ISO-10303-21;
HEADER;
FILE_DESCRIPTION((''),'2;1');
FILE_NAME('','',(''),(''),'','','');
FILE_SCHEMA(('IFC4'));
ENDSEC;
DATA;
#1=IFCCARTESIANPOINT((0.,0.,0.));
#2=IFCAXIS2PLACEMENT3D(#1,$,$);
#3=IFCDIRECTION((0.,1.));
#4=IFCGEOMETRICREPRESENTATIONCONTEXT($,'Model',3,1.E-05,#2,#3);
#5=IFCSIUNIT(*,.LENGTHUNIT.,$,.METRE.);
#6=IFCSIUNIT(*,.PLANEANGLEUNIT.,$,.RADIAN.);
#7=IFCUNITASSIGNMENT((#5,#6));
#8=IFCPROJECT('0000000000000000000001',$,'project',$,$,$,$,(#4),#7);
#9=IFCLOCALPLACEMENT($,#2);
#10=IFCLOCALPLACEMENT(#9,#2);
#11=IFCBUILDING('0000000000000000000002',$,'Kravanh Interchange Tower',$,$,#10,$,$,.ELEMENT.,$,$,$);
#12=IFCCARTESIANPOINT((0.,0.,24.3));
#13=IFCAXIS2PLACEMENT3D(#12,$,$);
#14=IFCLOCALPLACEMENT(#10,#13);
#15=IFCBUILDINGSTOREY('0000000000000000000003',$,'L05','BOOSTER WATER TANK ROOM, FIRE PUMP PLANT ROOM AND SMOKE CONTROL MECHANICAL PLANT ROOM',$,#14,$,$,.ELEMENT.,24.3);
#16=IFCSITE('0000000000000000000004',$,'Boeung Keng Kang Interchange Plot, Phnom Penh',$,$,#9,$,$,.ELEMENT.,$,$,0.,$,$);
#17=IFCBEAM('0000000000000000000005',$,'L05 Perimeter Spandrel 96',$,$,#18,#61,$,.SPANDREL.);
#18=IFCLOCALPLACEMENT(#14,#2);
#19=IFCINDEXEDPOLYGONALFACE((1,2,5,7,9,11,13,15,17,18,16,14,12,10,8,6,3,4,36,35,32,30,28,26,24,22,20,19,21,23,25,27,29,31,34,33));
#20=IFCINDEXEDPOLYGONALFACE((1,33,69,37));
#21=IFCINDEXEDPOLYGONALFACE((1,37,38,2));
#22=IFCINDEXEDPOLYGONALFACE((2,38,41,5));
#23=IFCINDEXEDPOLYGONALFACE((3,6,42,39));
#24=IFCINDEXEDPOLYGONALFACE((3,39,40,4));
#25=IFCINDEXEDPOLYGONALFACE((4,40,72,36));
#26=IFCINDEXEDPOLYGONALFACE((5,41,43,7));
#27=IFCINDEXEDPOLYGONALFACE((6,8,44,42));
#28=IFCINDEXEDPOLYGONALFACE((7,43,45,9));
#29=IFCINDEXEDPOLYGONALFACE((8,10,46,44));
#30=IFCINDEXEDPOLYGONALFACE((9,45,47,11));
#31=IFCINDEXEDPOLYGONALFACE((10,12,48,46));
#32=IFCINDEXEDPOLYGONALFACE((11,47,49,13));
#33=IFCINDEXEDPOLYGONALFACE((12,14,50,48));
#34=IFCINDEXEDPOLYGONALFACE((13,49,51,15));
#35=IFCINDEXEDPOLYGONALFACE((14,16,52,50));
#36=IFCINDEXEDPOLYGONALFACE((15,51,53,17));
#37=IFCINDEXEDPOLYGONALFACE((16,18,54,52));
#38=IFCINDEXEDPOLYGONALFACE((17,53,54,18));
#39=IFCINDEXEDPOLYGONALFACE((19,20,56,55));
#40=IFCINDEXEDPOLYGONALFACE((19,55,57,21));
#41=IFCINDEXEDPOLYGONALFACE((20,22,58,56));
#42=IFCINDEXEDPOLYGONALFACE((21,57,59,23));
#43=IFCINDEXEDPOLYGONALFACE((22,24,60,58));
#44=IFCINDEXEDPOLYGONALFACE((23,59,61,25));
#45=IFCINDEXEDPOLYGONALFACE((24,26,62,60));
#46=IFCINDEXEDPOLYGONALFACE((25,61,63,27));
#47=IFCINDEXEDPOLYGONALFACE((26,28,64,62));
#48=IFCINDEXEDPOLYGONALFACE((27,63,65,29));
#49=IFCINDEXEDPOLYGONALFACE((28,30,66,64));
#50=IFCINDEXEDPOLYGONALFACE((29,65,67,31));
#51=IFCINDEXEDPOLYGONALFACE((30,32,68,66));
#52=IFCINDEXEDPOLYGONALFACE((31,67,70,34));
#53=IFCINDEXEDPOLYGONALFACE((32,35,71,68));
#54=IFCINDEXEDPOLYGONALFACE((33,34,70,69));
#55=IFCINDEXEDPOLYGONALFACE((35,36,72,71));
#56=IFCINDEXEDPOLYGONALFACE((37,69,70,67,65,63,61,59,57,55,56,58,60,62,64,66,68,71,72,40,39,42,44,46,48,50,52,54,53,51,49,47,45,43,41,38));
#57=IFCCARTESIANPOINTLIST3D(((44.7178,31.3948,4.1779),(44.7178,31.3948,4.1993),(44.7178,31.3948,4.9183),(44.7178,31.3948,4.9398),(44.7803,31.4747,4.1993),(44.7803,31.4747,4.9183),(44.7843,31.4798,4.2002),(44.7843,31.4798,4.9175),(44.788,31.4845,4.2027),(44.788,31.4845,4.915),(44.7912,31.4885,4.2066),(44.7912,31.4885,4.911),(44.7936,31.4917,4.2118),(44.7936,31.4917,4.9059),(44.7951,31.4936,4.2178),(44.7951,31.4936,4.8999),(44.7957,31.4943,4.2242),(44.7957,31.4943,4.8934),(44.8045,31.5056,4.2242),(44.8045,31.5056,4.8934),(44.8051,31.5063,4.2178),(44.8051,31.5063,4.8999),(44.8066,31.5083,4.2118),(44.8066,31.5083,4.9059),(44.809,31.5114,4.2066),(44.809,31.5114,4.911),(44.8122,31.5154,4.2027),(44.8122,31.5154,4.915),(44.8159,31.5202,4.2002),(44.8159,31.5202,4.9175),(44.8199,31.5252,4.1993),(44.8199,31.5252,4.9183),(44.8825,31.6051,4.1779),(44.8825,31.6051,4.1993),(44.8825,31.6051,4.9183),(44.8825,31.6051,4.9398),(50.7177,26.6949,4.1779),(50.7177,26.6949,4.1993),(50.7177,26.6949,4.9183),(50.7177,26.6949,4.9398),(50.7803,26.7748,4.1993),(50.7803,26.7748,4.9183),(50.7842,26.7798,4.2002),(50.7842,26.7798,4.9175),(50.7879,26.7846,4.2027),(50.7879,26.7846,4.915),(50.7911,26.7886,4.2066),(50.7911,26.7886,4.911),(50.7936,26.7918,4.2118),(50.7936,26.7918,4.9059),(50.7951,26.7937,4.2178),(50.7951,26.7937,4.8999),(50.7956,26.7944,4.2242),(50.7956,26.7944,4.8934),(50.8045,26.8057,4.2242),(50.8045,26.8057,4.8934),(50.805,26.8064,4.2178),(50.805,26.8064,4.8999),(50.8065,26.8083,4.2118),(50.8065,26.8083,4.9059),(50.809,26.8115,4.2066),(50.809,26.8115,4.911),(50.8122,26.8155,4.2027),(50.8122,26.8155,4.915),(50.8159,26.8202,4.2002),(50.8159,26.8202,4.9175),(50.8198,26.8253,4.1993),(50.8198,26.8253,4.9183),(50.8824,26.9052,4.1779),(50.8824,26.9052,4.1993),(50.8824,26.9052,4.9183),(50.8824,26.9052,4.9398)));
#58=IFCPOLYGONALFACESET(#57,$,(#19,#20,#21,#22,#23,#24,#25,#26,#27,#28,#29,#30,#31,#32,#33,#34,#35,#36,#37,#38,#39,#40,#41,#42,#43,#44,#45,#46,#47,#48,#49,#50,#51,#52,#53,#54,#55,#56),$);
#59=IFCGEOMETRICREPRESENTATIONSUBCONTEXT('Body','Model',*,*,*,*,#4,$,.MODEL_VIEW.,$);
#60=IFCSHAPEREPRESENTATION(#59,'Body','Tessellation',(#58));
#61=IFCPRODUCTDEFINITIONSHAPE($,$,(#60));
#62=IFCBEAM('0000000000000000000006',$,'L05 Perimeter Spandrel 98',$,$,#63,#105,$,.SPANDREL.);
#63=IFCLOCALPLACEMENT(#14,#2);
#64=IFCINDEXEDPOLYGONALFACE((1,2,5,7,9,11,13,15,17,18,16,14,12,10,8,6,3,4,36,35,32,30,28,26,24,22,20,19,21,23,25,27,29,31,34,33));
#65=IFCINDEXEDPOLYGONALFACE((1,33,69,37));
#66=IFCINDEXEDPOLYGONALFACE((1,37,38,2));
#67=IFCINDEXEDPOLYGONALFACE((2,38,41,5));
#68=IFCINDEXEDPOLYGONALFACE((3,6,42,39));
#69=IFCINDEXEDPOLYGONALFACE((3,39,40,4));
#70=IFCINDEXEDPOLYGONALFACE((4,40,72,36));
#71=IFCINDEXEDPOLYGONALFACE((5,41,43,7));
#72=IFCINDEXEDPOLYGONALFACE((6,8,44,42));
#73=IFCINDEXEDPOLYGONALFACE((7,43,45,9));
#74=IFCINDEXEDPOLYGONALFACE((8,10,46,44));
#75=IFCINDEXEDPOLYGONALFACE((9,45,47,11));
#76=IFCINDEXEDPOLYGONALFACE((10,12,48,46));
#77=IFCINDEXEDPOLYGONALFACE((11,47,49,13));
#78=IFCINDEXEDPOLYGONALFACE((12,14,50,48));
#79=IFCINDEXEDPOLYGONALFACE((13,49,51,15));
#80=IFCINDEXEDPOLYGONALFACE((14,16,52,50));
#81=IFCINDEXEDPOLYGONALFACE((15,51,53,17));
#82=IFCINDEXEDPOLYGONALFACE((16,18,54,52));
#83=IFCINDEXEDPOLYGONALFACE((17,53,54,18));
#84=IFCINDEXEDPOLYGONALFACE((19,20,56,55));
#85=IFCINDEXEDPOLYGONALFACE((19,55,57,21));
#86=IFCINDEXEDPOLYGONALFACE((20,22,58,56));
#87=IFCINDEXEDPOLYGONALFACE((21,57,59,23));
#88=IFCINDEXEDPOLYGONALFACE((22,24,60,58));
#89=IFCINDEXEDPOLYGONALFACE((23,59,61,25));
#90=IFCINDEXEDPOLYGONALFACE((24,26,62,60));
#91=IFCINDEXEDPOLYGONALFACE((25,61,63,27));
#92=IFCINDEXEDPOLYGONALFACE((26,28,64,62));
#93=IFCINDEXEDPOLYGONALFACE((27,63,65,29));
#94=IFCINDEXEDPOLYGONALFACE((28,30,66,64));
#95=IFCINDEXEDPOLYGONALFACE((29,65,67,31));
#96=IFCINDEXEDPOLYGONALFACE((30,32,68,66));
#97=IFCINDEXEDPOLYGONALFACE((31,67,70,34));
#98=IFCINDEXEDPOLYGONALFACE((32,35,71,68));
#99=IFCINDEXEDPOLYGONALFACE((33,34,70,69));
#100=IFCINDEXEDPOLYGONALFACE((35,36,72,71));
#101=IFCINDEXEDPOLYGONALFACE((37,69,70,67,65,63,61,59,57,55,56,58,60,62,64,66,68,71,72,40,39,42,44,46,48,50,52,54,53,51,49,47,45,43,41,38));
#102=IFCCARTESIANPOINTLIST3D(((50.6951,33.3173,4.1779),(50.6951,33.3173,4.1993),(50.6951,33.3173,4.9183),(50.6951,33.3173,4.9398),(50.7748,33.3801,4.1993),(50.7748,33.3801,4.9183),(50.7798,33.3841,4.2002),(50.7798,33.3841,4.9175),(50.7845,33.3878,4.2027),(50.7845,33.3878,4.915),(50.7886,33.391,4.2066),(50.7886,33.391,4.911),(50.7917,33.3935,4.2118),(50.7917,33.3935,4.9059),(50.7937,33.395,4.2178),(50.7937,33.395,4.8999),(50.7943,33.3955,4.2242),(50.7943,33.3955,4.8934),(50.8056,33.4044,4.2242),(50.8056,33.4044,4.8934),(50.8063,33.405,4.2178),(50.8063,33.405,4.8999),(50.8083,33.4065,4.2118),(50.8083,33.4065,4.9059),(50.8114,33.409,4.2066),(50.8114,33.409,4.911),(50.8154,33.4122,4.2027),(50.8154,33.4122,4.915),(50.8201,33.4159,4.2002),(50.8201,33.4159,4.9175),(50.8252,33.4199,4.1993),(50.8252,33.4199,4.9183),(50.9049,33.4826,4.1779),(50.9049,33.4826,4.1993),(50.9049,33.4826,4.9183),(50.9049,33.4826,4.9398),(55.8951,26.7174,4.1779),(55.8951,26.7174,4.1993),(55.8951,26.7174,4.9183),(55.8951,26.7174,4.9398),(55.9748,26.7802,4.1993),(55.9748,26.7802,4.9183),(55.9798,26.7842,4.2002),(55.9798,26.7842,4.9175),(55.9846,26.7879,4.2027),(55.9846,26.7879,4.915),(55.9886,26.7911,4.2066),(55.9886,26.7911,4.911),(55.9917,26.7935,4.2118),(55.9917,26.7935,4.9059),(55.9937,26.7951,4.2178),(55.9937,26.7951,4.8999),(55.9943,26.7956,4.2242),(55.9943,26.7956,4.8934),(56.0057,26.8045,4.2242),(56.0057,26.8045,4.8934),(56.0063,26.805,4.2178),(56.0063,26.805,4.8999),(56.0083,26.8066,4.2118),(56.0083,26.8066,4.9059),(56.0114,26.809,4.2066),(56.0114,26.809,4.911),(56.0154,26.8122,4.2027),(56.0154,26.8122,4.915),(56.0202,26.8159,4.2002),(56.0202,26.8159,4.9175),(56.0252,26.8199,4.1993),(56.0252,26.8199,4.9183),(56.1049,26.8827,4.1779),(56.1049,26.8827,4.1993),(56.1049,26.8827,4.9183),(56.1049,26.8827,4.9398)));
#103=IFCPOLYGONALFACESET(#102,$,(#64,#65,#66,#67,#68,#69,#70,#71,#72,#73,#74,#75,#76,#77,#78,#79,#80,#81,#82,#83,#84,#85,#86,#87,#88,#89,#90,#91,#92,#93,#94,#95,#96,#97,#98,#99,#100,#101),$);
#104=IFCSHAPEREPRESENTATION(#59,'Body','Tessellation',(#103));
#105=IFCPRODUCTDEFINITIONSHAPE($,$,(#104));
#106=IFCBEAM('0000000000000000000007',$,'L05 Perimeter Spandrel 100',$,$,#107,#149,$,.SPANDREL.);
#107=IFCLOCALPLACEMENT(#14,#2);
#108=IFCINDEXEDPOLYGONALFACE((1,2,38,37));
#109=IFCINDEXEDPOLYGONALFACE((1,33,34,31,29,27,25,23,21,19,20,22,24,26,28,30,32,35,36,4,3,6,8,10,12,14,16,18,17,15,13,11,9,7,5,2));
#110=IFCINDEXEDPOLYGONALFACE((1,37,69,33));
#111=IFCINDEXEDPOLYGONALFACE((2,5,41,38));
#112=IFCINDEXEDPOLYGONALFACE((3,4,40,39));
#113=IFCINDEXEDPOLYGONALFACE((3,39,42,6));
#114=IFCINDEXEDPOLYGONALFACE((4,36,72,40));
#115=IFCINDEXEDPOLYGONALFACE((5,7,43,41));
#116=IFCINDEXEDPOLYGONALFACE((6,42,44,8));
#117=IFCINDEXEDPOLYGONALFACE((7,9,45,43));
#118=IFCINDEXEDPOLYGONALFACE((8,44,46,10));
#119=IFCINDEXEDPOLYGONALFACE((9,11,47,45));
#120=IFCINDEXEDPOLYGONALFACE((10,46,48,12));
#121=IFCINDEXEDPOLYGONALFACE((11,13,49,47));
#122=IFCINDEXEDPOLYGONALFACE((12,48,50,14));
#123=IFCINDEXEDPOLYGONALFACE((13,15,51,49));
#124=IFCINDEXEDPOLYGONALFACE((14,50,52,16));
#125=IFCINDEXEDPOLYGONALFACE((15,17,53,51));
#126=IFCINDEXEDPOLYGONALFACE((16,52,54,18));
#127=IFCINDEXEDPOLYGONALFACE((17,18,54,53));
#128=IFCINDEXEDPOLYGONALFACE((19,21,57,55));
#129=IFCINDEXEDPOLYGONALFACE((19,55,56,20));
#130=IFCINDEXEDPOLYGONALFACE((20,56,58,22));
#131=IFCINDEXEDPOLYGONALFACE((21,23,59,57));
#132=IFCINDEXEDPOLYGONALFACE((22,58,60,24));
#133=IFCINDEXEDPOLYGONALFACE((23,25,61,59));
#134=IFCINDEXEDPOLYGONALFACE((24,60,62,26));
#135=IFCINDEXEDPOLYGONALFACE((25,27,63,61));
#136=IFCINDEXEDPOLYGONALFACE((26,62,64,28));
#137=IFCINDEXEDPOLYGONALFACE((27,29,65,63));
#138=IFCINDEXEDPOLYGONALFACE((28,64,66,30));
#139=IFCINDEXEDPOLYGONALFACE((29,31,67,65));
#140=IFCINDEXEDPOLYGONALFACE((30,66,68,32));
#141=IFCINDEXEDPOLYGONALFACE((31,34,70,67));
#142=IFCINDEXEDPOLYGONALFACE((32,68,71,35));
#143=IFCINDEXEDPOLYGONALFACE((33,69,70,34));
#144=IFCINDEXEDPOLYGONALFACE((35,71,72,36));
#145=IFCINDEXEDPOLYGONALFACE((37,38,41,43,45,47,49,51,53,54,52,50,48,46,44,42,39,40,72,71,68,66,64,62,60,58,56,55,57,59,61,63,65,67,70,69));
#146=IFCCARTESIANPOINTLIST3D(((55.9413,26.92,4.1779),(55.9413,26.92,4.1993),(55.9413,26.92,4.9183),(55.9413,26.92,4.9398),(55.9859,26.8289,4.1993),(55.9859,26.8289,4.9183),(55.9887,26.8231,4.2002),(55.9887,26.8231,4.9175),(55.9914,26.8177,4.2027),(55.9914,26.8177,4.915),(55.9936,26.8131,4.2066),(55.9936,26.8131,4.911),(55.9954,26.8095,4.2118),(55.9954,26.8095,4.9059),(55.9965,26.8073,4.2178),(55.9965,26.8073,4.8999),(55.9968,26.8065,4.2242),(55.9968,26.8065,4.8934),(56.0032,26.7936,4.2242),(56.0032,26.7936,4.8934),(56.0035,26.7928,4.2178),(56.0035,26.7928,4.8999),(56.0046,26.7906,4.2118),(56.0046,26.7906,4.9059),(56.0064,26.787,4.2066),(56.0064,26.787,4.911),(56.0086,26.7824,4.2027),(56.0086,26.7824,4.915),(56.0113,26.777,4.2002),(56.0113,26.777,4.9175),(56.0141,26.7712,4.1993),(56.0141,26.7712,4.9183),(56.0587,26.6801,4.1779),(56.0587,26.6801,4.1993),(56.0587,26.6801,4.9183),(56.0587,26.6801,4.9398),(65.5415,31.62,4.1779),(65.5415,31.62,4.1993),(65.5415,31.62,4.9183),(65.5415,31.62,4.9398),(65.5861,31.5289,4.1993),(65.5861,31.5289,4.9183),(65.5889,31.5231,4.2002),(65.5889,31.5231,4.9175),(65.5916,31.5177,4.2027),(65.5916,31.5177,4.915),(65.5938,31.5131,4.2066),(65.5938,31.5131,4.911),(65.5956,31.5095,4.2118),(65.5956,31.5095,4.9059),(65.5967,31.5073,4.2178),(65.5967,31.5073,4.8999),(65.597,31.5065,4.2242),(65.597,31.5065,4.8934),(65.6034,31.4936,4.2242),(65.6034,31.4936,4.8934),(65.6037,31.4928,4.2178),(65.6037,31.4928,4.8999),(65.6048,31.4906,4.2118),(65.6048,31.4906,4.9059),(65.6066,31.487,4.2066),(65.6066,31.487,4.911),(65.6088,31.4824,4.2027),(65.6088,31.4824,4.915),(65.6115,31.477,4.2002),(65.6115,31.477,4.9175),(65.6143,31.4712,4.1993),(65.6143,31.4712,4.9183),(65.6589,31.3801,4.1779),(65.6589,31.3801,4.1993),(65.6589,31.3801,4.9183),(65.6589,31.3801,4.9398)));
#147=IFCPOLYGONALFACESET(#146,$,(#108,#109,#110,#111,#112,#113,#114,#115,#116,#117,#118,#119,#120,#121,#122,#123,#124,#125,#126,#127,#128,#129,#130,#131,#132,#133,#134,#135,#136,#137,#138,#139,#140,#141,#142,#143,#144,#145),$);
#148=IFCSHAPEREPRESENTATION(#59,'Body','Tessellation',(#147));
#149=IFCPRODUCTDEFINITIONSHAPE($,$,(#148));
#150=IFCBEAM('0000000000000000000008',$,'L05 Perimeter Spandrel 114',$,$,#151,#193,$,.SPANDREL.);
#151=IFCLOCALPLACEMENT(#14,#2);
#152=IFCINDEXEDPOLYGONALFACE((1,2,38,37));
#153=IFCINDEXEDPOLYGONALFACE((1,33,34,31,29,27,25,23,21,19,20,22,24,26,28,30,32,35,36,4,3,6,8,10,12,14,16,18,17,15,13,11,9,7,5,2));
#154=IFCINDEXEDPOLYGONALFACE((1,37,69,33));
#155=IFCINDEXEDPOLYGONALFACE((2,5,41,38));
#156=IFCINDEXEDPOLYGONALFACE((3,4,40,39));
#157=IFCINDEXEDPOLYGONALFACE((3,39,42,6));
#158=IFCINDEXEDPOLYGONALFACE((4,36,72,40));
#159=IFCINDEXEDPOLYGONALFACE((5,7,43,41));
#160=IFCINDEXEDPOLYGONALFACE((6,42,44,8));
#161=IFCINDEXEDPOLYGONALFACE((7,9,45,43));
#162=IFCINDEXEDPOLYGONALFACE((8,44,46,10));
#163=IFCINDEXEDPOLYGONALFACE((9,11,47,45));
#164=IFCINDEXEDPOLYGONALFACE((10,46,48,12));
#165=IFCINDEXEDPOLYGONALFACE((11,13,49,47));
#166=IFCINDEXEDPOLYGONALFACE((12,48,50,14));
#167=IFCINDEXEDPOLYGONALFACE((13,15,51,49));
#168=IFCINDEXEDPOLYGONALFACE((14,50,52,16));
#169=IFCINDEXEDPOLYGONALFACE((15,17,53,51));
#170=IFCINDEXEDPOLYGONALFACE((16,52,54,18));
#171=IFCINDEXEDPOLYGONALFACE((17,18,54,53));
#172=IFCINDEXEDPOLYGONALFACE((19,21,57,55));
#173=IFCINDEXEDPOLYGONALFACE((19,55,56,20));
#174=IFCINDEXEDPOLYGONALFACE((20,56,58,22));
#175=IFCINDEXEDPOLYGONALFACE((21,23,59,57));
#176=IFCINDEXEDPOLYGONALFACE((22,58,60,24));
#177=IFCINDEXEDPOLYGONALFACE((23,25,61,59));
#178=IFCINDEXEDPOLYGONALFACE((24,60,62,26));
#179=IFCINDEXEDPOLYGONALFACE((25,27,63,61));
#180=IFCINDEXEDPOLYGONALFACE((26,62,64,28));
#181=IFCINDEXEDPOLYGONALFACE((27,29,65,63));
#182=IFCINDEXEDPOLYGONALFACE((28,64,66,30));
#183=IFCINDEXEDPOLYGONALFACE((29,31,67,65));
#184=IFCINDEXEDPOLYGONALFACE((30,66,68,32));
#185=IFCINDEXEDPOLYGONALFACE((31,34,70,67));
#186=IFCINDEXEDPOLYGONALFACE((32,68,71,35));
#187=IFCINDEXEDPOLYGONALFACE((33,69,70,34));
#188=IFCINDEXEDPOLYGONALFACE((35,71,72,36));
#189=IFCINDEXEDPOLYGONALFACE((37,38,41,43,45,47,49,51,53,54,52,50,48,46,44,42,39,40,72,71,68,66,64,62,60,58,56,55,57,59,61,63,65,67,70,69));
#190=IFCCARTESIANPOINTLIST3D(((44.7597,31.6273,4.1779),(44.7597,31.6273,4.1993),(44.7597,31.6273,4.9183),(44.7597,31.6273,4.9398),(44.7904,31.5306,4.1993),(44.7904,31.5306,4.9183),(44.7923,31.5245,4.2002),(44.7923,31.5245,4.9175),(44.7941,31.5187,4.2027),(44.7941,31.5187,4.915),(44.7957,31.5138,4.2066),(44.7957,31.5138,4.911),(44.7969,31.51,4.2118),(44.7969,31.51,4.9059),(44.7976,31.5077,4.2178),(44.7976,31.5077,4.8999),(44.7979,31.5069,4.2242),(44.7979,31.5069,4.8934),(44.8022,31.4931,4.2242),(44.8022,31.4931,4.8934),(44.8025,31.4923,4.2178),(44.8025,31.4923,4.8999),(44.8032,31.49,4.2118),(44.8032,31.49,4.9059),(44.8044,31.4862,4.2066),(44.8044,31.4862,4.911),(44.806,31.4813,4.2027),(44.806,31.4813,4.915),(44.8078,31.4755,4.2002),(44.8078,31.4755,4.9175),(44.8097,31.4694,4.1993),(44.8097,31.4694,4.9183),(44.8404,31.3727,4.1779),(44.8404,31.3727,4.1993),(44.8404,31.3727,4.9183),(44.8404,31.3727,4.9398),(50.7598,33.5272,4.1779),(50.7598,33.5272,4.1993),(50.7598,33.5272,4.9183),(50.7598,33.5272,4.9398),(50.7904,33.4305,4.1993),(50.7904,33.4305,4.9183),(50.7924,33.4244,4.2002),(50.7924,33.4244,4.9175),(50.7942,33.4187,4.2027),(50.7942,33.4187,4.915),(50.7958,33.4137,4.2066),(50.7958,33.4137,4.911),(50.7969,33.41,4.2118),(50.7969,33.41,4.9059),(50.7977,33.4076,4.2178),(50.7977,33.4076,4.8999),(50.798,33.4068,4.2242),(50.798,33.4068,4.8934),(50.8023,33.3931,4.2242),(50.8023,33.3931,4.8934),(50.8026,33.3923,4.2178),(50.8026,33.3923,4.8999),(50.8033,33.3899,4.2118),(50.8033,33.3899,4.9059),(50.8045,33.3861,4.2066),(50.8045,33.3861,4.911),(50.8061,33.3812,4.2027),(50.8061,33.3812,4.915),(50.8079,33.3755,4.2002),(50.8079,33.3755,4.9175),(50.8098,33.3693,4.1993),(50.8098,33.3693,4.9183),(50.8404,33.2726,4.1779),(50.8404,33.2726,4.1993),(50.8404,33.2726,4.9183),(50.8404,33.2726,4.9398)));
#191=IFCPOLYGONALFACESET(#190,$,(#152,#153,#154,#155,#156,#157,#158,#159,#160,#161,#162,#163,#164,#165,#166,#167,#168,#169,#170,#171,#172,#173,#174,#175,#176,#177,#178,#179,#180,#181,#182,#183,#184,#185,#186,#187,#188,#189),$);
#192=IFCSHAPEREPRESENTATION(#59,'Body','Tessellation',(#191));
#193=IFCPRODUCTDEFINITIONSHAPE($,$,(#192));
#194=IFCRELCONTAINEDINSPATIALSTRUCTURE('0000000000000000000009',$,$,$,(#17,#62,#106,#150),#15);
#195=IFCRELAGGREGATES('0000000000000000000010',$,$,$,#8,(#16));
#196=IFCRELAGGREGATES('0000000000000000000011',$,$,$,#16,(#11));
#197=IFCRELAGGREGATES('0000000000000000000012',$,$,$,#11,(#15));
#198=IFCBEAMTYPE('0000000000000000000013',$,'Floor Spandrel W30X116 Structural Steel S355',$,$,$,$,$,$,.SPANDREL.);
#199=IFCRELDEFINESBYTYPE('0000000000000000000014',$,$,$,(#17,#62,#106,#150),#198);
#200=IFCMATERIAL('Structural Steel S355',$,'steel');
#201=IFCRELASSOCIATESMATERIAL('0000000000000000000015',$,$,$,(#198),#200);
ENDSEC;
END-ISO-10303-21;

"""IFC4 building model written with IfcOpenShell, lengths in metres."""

from ifc_helpers import new_model, si_unit, direction, frame, origin, origin_2d, place, context, subcontext, project, spatial, i_section, extrude, material, material_profile, profile_set, type_object, element, save


model = new_model("IFC4")

# Units and contexts
model_context = context("Model", 3, precision=1e-05, world=origin(), true_north=direction((0.0, 1.0)))
body_context = subcontext(model_context, "Body", "Model", "MODEL_VIEW")
ifc_project = project(units=[si_unit("LENGTHUNIT", "METRE"), si_unit("PLANEANGLEUNIT", "RADIAN")], contexts=[model_context])

# Site, building, storey
site_placement = place(None, origin())
site = spatial("IfcSite", under=ifc_project, at=site_placement, Name="Boeung Keng Kang Interchange Plot, Phnom Penh", CompositionType="ELEMENT", RefElevation=0.0)
building_placement = place(site_placement, origin())
building = spatial("IfcBuilding", under=site, at=building_placement, Name="Kravanh Interchange Tower", CompositionType="ELEMENT")
storey_placement = place(building_placement, frame((0.0, 0.0, 24.3)))
storey = spatial("IfcBuildingStorey", under=building, at=storey_placement, Name="L05", Description="BOOSTER WATER TANK ROOM, FIRE PUMP PLANT ROOM AND SMOKE CONTROL MECHANICAL PLANT ROOM", CompositionType="ELEMENT", Elevation=24.3)

# Beams
ifc_material_1 = material(Name="Structural Steel S355", Category="steel")
ifc_material_profile_1 = material_profile(ifc_material_1, i_section(OverallWidth=0.2671, OverallDepth=0.762, WebThickness=0.0144, FlangeThickness=0.0215, FilletRadius=0.0249, at=origin_2d()), Name="W30X116")
ifc_profile_set_1 = profile_set([ifc_material_profile_1], Name="Structural Steel S355")
beam_type_1 = type_object("IfcBeamType", Name="Floor Spandrel W30X116 Structural Steel S355", PredefinedType="SPANDREL", material=ifc_profile_set_1)
beam_1_placement = place(storey_placement, frame((50.8, 26.8, 4.5588), z_axis=(-0.787231, 0.616658, 0.0), x_axis=(-0.616658, -0.787231, 0.0)))
element("IfcBeam", 1, at=beam_1_placement, inside=storey, type_object=beam_type_1, Name="L05 Perimeter Spandrel 96", PredefinedType="SPANDREL", context=body_context, shape_type="SweptSolid", body=[
    extrude(i_section(OverallWidth=0.2671, OverallDepth=0.762, WebThickness=0.0144, FlangeThickness=0.0215, FilletRadius=0.0249, at=origin_2d()), origin(), (0.0, 0.0, 1.0), 7.6216),
])
beam_2_placement = place(storey_placement, frame((56.0, 26.8, 4.5588), z_axis=(-0.618877, 0.785488, 0.0), x_axis=(-0.785488, -0.618877, 0.0)))
element("IfcBeam", 2, at=beam_2_placement, inside=storey, type_object=beam_type_1, Name="L05 Perimeter Spandrel 98", PredefinedType="SPANDREL", context=body_context, shape_type="SweptSolid", body=[
    extrude(i_section(OverallWidth=0.2671, OverallDepth=0.762, WebThickness=0.0144, FlangeThickness=0.0215, FilletRadius=0.0249, at=origin_2d()), origin(), (0.0, 0.0, 1.0), 8.4023),
])
beam_3_placement = place(storey_placement, frame((56.0, 26.8, 4.5588), z_axis=(0.898142, 0.439706, 0.0), x_axis=(-0.439706, 0.898142, 0.0)))
element("IfcBeam", 3, at=beam_3_placement, inside=storey, type_object=beam_type_1, Name="L05 Perimeter Spandrel 100", PredefinedType="SPANDREL", context=body_context, shape_type="SweptSolid", body=[
    extrude(i_section(OverallWidth=0.2671, OverallDepth=0.762, WebThickness=0.0144, FlangeThickness=0.0215, FilletRadius=0.0249, at=origin_2d()), origin(), (0.0, 0.0, 1.0), 10.689),
])
beam_4_placement = place(storey_placement, frame((44.8, 31.5, 4.5588), z_axis=(0.953347, 0.301878, 0.0), x_axis=(-0.301878, 0.953347, 0.0)))
element("IfcBeam", 4, at=beam_4_placement, inside=storey, type_object=beam_type_1, Name="L05 Perimeter Spandrel 114", PredefinedType="SPANDREL", context=body_context, shape_type="SweptSolid", body=[
    extrude(i_section(OverallWidth=0.2671, OverallDepth=0.762, WebThickness=0.0144, FlangeThickness=0.0215, FilletRadius=0.0249, at=origin_2d()), origin(), (0.0, 0.0, 1.0), 6.2937),
])

save(model, "model.ifc")
